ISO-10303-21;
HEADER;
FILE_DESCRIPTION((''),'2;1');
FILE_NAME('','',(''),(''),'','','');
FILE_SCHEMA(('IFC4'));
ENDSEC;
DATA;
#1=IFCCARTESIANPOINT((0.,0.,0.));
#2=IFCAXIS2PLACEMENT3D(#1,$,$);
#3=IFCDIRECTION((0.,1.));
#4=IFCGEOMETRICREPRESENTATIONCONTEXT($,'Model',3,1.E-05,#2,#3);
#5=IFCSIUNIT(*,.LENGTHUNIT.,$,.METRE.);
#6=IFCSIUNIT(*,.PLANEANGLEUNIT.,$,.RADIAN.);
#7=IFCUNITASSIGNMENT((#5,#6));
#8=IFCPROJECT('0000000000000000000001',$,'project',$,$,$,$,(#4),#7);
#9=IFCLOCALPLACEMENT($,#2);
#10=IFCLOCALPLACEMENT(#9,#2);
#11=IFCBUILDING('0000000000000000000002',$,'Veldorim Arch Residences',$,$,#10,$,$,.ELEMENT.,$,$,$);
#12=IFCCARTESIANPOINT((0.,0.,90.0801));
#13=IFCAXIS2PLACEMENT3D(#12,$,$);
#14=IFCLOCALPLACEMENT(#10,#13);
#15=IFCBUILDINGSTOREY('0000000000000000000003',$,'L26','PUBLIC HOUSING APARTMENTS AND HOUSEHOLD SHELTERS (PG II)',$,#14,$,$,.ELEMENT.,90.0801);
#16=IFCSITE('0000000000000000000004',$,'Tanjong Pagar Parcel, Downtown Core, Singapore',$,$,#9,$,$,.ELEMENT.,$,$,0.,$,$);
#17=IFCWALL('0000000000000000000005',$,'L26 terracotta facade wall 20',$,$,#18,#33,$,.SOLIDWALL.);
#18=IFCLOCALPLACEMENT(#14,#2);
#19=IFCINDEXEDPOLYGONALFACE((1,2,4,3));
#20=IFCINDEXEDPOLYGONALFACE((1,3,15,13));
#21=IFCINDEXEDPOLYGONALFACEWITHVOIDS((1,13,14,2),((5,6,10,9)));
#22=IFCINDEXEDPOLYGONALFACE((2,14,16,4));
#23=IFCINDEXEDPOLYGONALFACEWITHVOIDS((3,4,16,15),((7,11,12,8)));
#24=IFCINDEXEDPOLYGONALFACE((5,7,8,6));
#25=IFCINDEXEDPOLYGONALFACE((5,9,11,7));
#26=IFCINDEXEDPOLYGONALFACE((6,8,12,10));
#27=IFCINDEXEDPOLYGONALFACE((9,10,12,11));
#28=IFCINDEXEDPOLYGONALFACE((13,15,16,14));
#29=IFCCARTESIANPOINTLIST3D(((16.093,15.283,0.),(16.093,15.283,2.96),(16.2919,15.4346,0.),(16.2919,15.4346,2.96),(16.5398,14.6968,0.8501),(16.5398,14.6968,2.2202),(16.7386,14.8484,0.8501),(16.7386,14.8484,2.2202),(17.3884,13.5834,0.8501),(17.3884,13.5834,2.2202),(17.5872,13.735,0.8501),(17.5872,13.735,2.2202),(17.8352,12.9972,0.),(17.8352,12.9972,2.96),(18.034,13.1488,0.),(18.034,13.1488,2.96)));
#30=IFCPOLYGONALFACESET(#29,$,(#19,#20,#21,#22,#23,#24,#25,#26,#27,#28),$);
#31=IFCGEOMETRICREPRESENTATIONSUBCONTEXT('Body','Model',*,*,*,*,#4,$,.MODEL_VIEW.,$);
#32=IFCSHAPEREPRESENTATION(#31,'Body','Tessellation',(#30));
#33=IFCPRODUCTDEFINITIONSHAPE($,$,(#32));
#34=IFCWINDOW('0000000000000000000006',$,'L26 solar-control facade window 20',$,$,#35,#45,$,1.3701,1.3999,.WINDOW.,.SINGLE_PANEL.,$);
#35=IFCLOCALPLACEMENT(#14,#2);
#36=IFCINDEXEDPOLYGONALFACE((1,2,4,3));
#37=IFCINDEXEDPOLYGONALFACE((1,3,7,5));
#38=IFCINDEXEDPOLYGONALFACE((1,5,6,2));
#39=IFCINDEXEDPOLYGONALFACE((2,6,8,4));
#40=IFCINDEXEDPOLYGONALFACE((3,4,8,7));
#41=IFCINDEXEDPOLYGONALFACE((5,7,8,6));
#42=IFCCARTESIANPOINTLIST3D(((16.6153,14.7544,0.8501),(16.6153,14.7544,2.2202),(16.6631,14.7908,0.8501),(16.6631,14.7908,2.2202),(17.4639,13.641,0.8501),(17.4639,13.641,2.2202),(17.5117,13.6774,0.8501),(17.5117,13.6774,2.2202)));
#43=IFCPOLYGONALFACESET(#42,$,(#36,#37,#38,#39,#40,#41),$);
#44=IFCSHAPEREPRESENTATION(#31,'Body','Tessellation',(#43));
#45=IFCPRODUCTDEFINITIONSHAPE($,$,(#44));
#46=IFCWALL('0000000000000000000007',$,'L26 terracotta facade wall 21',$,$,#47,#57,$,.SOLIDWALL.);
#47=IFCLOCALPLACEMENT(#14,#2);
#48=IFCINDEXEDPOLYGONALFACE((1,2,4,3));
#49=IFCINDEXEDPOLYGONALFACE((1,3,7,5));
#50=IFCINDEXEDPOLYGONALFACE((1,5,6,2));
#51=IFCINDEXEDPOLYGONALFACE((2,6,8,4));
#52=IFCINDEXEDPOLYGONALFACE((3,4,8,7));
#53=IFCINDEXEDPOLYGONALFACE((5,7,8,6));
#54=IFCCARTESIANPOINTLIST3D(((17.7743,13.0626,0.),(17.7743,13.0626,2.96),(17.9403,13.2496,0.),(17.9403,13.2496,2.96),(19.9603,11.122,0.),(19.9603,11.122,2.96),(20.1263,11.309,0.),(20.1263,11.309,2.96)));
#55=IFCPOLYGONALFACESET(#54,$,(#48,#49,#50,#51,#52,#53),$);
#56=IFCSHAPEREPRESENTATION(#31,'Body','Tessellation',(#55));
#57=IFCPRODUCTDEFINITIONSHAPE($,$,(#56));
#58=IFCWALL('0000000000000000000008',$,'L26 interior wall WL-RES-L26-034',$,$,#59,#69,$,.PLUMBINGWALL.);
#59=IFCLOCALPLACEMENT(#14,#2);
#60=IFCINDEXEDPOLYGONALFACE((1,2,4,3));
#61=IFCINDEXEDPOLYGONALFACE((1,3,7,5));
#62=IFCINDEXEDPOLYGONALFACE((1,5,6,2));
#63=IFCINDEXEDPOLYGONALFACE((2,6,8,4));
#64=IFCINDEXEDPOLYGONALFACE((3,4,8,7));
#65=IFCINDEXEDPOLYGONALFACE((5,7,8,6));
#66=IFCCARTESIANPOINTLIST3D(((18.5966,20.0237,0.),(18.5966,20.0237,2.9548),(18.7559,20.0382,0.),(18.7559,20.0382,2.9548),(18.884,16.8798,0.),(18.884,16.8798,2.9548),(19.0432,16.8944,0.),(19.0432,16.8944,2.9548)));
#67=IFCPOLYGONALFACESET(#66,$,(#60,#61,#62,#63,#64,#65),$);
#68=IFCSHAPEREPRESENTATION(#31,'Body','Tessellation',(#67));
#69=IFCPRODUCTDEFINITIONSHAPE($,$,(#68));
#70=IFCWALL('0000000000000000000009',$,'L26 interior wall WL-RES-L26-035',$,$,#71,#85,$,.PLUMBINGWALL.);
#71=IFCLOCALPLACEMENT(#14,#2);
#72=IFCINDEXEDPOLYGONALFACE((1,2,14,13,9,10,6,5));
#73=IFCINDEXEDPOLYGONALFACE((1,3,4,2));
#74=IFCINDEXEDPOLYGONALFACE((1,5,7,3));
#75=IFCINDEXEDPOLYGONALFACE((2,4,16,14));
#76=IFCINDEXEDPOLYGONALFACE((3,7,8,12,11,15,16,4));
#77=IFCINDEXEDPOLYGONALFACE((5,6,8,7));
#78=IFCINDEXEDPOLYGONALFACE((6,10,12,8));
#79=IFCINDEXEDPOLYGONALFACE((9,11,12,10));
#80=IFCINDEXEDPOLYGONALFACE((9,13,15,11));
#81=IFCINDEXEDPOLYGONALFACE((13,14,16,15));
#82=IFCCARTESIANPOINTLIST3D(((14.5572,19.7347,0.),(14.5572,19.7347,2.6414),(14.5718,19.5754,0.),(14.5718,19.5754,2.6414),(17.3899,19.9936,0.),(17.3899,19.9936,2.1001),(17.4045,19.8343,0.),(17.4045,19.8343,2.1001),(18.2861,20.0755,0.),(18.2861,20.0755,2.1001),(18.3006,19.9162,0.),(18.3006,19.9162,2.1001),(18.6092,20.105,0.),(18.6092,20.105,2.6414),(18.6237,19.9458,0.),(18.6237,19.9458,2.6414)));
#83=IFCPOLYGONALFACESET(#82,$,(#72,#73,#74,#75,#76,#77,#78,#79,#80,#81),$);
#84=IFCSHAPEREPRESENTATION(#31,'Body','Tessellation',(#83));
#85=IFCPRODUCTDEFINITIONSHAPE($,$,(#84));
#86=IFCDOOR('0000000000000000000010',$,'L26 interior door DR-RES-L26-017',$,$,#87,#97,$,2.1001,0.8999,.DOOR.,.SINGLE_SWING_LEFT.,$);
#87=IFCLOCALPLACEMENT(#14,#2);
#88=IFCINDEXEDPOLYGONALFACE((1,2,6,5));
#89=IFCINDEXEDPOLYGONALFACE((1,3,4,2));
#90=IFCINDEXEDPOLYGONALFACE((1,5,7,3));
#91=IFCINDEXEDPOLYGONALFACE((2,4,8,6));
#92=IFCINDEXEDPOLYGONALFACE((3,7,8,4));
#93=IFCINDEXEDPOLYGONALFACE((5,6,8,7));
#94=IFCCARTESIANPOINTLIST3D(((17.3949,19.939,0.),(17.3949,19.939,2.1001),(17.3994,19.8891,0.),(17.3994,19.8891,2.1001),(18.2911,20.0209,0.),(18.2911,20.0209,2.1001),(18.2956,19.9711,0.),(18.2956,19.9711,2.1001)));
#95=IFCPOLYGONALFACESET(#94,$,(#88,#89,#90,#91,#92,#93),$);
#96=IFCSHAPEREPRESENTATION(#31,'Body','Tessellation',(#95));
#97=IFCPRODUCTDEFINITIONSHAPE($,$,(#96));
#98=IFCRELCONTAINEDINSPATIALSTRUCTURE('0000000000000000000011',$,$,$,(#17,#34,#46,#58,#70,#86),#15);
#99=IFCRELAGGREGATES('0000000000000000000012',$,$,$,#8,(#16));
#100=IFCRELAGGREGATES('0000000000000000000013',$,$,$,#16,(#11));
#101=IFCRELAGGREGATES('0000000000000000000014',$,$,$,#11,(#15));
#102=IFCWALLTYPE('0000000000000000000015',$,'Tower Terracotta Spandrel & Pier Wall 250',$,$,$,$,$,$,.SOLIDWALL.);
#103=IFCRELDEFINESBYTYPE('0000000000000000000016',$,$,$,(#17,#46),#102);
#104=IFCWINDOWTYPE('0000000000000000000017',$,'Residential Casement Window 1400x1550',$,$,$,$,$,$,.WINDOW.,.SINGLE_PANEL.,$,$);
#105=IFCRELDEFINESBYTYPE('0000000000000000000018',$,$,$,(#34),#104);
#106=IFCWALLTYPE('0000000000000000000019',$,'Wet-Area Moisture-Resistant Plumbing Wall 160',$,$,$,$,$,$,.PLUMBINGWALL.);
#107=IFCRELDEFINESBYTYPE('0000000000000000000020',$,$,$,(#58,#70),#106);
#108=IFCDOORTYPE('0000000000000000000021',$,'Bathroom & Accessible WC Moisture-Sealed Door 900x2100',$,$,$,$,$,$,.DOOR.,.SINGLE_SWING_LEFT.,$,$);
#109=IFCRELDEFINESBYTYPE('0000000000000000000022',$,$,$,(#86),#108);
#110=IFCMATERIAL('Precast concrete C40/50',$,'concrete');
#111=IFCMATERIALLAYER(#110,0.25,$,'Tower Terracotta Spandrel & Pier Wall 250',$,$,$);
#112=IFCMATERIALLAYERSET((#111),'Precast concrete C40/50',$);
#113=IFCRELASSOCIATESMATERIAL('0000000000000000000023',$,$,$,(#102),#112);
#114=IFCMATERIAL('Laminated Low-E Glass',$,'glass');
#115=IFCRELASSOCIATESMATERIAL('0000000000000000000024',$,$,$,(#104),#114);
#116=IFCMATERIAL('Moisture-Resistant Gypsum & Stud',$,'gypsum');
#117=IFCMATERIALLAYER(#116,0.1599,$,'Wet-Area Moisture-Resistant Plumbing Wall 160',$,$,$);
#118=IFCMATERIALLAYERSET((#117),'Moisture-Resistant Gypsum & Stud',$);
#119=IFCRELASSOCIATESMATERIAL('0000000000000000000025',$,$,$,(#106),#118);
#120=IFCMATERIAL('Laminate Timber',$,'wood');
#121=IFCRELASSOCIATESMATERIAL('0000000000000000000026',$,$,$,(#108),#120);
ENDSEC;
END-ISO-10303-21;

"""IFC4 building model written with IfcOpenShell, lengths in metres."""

from ifc_helpers import new_model, si_unit, direction, frame, frame_2d, origin, place, context, subcontext, project, spatial, rectangle, extrude, material, layer, layer_set, type_object, element, fill, save


model = new_model("IFC4")

# Units and contexts
model_context = context("Model", 3, precision=1e-05, world=origin(), true_north=direction((0.0, 1.0)))
body_context = subcontext(model_context, "Body", "Model", "MODEL_VIEW")
ifc_project = project(units=[si_unit("LENGTHUNIT", "METRE"), si_unit("PLANEANGLEUNIT", "RADIAN")], contexts=[model_context])

# Site, building, storey
site_placement = place(None, origin())
site = spatial("IfcSite", under=ifc_project, at=site_placement, Name="Tanjong Pagar Parcel, Downtown Core, Singapore", CompositionType="ELEMENT", RefElevation=0.0)
building_placement = place(site_placement, origin())
building = spatial("IfcBuilding", under=site, at=building_placement, Name="Veldorim Arch Residences", CompositionType="ELEMENT")
storey_placement = place(building_placement, frame((0.0, 0.0, 90.0801)))
storey = spatial("IfcBuildingStorey", under=building, at=storey_placement, Name="L26", Description="PUBLIC HOUSING APARTMENTS AND HOUSEHOLD SHELTERS (PG II)", CompositionType="ELEMENT", Elevation=90.0801)

# Wall, opening, window
ifc_material_1 = material(Name="Precast concrete C40/50", Category="concrete")
ifc_layer_1 = layer(ifc_material_1, 0.25, Name="Tower Terracotta Spandrel & Pier Wall 250")
ifc_layer_set_1 = layer_set([ifc_layer_1], Name="Precast concrete C40/50")
wall_type_1 = type_object("IfcWallType", Name="Tower Terracotta Spandrel & Pier Wall 250", PredefinedType="SOLIDWALL", material=ifc_layer_set_1)
wall_1_placement = place(storey_placement, frame((17.9346, 13.073, 0.0), z_axis=(0.0, 0.0, 1.0), x_axis=(-0.606166, 0.795338, 0.0)))
wall_1 = element("IfcWall", 1, at=wall_1_placement, inside=storey, type_object=wall_type_1, Name="L26 terracotta facade wall 20", PredefinedType="SOLIDWALL", context=body_context, shape_type="SweptSolid", body=[
    extrude(rectangle(XDim=2.874, YDim=0.25, at=frame_2d((1.437, 0.0))), origin(), (0.0, 0.0, 1.0), 2.96),
])
opening_1_placement = place(wall_1_placement, frame((0.7371, 0.0, 0.8501)))
opening_1 = element("IfcOpeningElement", 2, at=opening_1_placement, cuts=wall_1, PredefinedType="OPENING", context=body_context, shape_type="SweptSolid", body=[
    extrude(rectangle(XDim=1.3999, YDim=1.3701, at=frame_2d((0.7, 0.6851))), frame((0.0, 0.135, 0.0), z_axis=(0.0, -1.0, 0.0), x_axis=(1.0, 0.0, 0.0)), (0.0, 0.0, 1.0), 0.27),
])
ifc_material_2 = material(Name="Laminated Low-E Glass", Category="glass")
window_type = type_object("IfcWindowType", Name="Residential Casement Window 1400x1550", PartitioningType="SINGLE_PANEL", PredefinedType="WINDOW", material=ifc_material_2)
window_placement = place(opening_1_placement, origin())
window = element("IfcWindow", 3, at=window_placement, inside=storey, type_object=window_type, Name="L26 solar-control facade window 20", OverallHeight=1.3701, OverallWidth=1.3999, PartitioningType="SINGLE_PANEL", PredefinedType="WINDOW", context=body_context, shape_type="SweptSolid", body=[
    extrude(rectangle(XDim=1.3999, YDim=1.3701, at=frame_2d((0.7, 0.6851))), frame((0.0, 0.03, 0.0), z_axis=(0.0, -1.0, 0.0), x_axis=(1.0, 0.0, 0.0)), (0.0, 0.0, 1.0), 0.0601),
])
fill(opening_1, window)

# Walls
wall_2_placement = place(storey_placement, frame((20.0432, 11.2156, 0.0), z_axis=(0.0, 0.0, 1.0), x_axis=(-0.747828, 0.663892, 0.0)))
element("IfcWall", 4, at=wall_2_placement, inside=storey, type_object=wall_type_1, Name="L26 terracotta facade wall 21", PredefinedType="SOLIDWALL", context=body_context, shape_type="SweptSolid", body=[
    extrude(rectangle(XDim=2.9231, YDim=0.25, at=frame_2d((1.4614, 0.0))), origin(), (0.0, 0.0, 1.0), 2.96),
])
ifc_material_3 = material(Name="Moisture-Resistant Gypsum & Stud", Category="gypsum")
ifc_layer_2 = layer(ifc_material_3, 0.1599, Name="Wet-Area Moisture-Resistant Plumbing Wall 160")
ifc_layer_set_2 = layer_set([ifc_layer_2], Name="Moisture-Resistant Gypsum & Stud")
wall_type_2 = type_object("IfcWallType", Name="Wet-Area Moisture-Resistant Plumbing Wall 160", PredefinedType="PLUMBINGWALL", material=ifc_layer_set_2)
wall_3_placement = place(storey_placement, frame((18.9636, 16.887, 0.0), z_axis=(0.0, 0.0, 1.0), x_axis=(-0.091024, 0.995849, 0.0)))
element("IfcWall", 5, at=wall_3_placement, inside=storey, type_object=wall_type_2, Name="L26 interior wall WL-RES-L26-034", PredefinedType="PLUMBINGWALL", context=body_context, shape_type="SweptSolid", body=[
    extrude(rectangle(XDim=3.157, YDim=0.1599, at=frame_2d((1.5786, 0.0))), origin(), (0.0, 0.0, 1.0), 2.9548),
])

# Wall, opening, door
wall_4_placement = place(storey_placement, frame((18.6165, 20.0254, 0.0), z_axis=(0.0, 0.0, 1.0), x_axis=(-0.995849, -0.091023, 0.0)))
wall_4 = element("IfcWall", 6, at=wall_4_placement, inside=storey, type_object=wall_type_2, Name="L26 interior wall WL-RES-L26-035", PredefinedType="PLUMBINGWALL", context=body_context, shape_type="SweptSolid", body=[
    extrude(rectangle(XDim=4.0688, YDim=0.1599, at=frame_2d((2.0344, 0.0))), origin(), (0.0, 0.0, 1.0), 2.6414),
])
opening_2_placement = place(wall_4_placement, frame((0.3245, 0.0, 0.0)))
opening_2 = element("IfcOpeningElement", 7, at=opening_2_placement, cuts=wall_4, PredefinedType="OPENING", context=body_context, shape_type="SweptSolid", body=[
    extrude(rectangle(XDim=0.8999, YDim=2.1001, at=frame_2d((0.45, 1.05))), frame((0.0, 0.0898, 0.0), z_axis=(0.0, -1.0, 0.0), x_axis=(1.0, 0.0, 0.0)), (0.0, 0.0, 1.0), 0.1799),
])
ifc_material_4 = material(Name="Laminate Timber", Category="wood")
door_type = type_object("IfcDoorType", Name="Bathroom & Accessible WC Moisture-Sealed Door 900x2100", OperationType="SINGLE_SWING_LEFT", PredefinedType="DOOR", material=ifc_material_4)
door_placement = place(opening_2_placement, origin())
door = element("IfcDoor", 8, at=door_placement, inside=storey, type_object=door_type, Name="L26 interior door DR-RES-L26-017", OperationType="SINGLE_SWING_LEFT", OverallHeight=2.1001, OverallWidth=0.8999, PredefinedType="DOOR", context=body_context, shape_type="SweptSolid", body=[
    extrude(rectangle(XDim=0.8999, YDim=2.1001, at=frame_2d((0.45, 1.05))), frame((0.0, 0.0249, 0.0), z_axis=(0.0, -1.0, 0.0), x_axis=(1.0, 0.0, 0.0)), (0.0, 0.0, 1.0), 0.05),
])
fill(opening_2, door)

save(model, "model.ifc")
